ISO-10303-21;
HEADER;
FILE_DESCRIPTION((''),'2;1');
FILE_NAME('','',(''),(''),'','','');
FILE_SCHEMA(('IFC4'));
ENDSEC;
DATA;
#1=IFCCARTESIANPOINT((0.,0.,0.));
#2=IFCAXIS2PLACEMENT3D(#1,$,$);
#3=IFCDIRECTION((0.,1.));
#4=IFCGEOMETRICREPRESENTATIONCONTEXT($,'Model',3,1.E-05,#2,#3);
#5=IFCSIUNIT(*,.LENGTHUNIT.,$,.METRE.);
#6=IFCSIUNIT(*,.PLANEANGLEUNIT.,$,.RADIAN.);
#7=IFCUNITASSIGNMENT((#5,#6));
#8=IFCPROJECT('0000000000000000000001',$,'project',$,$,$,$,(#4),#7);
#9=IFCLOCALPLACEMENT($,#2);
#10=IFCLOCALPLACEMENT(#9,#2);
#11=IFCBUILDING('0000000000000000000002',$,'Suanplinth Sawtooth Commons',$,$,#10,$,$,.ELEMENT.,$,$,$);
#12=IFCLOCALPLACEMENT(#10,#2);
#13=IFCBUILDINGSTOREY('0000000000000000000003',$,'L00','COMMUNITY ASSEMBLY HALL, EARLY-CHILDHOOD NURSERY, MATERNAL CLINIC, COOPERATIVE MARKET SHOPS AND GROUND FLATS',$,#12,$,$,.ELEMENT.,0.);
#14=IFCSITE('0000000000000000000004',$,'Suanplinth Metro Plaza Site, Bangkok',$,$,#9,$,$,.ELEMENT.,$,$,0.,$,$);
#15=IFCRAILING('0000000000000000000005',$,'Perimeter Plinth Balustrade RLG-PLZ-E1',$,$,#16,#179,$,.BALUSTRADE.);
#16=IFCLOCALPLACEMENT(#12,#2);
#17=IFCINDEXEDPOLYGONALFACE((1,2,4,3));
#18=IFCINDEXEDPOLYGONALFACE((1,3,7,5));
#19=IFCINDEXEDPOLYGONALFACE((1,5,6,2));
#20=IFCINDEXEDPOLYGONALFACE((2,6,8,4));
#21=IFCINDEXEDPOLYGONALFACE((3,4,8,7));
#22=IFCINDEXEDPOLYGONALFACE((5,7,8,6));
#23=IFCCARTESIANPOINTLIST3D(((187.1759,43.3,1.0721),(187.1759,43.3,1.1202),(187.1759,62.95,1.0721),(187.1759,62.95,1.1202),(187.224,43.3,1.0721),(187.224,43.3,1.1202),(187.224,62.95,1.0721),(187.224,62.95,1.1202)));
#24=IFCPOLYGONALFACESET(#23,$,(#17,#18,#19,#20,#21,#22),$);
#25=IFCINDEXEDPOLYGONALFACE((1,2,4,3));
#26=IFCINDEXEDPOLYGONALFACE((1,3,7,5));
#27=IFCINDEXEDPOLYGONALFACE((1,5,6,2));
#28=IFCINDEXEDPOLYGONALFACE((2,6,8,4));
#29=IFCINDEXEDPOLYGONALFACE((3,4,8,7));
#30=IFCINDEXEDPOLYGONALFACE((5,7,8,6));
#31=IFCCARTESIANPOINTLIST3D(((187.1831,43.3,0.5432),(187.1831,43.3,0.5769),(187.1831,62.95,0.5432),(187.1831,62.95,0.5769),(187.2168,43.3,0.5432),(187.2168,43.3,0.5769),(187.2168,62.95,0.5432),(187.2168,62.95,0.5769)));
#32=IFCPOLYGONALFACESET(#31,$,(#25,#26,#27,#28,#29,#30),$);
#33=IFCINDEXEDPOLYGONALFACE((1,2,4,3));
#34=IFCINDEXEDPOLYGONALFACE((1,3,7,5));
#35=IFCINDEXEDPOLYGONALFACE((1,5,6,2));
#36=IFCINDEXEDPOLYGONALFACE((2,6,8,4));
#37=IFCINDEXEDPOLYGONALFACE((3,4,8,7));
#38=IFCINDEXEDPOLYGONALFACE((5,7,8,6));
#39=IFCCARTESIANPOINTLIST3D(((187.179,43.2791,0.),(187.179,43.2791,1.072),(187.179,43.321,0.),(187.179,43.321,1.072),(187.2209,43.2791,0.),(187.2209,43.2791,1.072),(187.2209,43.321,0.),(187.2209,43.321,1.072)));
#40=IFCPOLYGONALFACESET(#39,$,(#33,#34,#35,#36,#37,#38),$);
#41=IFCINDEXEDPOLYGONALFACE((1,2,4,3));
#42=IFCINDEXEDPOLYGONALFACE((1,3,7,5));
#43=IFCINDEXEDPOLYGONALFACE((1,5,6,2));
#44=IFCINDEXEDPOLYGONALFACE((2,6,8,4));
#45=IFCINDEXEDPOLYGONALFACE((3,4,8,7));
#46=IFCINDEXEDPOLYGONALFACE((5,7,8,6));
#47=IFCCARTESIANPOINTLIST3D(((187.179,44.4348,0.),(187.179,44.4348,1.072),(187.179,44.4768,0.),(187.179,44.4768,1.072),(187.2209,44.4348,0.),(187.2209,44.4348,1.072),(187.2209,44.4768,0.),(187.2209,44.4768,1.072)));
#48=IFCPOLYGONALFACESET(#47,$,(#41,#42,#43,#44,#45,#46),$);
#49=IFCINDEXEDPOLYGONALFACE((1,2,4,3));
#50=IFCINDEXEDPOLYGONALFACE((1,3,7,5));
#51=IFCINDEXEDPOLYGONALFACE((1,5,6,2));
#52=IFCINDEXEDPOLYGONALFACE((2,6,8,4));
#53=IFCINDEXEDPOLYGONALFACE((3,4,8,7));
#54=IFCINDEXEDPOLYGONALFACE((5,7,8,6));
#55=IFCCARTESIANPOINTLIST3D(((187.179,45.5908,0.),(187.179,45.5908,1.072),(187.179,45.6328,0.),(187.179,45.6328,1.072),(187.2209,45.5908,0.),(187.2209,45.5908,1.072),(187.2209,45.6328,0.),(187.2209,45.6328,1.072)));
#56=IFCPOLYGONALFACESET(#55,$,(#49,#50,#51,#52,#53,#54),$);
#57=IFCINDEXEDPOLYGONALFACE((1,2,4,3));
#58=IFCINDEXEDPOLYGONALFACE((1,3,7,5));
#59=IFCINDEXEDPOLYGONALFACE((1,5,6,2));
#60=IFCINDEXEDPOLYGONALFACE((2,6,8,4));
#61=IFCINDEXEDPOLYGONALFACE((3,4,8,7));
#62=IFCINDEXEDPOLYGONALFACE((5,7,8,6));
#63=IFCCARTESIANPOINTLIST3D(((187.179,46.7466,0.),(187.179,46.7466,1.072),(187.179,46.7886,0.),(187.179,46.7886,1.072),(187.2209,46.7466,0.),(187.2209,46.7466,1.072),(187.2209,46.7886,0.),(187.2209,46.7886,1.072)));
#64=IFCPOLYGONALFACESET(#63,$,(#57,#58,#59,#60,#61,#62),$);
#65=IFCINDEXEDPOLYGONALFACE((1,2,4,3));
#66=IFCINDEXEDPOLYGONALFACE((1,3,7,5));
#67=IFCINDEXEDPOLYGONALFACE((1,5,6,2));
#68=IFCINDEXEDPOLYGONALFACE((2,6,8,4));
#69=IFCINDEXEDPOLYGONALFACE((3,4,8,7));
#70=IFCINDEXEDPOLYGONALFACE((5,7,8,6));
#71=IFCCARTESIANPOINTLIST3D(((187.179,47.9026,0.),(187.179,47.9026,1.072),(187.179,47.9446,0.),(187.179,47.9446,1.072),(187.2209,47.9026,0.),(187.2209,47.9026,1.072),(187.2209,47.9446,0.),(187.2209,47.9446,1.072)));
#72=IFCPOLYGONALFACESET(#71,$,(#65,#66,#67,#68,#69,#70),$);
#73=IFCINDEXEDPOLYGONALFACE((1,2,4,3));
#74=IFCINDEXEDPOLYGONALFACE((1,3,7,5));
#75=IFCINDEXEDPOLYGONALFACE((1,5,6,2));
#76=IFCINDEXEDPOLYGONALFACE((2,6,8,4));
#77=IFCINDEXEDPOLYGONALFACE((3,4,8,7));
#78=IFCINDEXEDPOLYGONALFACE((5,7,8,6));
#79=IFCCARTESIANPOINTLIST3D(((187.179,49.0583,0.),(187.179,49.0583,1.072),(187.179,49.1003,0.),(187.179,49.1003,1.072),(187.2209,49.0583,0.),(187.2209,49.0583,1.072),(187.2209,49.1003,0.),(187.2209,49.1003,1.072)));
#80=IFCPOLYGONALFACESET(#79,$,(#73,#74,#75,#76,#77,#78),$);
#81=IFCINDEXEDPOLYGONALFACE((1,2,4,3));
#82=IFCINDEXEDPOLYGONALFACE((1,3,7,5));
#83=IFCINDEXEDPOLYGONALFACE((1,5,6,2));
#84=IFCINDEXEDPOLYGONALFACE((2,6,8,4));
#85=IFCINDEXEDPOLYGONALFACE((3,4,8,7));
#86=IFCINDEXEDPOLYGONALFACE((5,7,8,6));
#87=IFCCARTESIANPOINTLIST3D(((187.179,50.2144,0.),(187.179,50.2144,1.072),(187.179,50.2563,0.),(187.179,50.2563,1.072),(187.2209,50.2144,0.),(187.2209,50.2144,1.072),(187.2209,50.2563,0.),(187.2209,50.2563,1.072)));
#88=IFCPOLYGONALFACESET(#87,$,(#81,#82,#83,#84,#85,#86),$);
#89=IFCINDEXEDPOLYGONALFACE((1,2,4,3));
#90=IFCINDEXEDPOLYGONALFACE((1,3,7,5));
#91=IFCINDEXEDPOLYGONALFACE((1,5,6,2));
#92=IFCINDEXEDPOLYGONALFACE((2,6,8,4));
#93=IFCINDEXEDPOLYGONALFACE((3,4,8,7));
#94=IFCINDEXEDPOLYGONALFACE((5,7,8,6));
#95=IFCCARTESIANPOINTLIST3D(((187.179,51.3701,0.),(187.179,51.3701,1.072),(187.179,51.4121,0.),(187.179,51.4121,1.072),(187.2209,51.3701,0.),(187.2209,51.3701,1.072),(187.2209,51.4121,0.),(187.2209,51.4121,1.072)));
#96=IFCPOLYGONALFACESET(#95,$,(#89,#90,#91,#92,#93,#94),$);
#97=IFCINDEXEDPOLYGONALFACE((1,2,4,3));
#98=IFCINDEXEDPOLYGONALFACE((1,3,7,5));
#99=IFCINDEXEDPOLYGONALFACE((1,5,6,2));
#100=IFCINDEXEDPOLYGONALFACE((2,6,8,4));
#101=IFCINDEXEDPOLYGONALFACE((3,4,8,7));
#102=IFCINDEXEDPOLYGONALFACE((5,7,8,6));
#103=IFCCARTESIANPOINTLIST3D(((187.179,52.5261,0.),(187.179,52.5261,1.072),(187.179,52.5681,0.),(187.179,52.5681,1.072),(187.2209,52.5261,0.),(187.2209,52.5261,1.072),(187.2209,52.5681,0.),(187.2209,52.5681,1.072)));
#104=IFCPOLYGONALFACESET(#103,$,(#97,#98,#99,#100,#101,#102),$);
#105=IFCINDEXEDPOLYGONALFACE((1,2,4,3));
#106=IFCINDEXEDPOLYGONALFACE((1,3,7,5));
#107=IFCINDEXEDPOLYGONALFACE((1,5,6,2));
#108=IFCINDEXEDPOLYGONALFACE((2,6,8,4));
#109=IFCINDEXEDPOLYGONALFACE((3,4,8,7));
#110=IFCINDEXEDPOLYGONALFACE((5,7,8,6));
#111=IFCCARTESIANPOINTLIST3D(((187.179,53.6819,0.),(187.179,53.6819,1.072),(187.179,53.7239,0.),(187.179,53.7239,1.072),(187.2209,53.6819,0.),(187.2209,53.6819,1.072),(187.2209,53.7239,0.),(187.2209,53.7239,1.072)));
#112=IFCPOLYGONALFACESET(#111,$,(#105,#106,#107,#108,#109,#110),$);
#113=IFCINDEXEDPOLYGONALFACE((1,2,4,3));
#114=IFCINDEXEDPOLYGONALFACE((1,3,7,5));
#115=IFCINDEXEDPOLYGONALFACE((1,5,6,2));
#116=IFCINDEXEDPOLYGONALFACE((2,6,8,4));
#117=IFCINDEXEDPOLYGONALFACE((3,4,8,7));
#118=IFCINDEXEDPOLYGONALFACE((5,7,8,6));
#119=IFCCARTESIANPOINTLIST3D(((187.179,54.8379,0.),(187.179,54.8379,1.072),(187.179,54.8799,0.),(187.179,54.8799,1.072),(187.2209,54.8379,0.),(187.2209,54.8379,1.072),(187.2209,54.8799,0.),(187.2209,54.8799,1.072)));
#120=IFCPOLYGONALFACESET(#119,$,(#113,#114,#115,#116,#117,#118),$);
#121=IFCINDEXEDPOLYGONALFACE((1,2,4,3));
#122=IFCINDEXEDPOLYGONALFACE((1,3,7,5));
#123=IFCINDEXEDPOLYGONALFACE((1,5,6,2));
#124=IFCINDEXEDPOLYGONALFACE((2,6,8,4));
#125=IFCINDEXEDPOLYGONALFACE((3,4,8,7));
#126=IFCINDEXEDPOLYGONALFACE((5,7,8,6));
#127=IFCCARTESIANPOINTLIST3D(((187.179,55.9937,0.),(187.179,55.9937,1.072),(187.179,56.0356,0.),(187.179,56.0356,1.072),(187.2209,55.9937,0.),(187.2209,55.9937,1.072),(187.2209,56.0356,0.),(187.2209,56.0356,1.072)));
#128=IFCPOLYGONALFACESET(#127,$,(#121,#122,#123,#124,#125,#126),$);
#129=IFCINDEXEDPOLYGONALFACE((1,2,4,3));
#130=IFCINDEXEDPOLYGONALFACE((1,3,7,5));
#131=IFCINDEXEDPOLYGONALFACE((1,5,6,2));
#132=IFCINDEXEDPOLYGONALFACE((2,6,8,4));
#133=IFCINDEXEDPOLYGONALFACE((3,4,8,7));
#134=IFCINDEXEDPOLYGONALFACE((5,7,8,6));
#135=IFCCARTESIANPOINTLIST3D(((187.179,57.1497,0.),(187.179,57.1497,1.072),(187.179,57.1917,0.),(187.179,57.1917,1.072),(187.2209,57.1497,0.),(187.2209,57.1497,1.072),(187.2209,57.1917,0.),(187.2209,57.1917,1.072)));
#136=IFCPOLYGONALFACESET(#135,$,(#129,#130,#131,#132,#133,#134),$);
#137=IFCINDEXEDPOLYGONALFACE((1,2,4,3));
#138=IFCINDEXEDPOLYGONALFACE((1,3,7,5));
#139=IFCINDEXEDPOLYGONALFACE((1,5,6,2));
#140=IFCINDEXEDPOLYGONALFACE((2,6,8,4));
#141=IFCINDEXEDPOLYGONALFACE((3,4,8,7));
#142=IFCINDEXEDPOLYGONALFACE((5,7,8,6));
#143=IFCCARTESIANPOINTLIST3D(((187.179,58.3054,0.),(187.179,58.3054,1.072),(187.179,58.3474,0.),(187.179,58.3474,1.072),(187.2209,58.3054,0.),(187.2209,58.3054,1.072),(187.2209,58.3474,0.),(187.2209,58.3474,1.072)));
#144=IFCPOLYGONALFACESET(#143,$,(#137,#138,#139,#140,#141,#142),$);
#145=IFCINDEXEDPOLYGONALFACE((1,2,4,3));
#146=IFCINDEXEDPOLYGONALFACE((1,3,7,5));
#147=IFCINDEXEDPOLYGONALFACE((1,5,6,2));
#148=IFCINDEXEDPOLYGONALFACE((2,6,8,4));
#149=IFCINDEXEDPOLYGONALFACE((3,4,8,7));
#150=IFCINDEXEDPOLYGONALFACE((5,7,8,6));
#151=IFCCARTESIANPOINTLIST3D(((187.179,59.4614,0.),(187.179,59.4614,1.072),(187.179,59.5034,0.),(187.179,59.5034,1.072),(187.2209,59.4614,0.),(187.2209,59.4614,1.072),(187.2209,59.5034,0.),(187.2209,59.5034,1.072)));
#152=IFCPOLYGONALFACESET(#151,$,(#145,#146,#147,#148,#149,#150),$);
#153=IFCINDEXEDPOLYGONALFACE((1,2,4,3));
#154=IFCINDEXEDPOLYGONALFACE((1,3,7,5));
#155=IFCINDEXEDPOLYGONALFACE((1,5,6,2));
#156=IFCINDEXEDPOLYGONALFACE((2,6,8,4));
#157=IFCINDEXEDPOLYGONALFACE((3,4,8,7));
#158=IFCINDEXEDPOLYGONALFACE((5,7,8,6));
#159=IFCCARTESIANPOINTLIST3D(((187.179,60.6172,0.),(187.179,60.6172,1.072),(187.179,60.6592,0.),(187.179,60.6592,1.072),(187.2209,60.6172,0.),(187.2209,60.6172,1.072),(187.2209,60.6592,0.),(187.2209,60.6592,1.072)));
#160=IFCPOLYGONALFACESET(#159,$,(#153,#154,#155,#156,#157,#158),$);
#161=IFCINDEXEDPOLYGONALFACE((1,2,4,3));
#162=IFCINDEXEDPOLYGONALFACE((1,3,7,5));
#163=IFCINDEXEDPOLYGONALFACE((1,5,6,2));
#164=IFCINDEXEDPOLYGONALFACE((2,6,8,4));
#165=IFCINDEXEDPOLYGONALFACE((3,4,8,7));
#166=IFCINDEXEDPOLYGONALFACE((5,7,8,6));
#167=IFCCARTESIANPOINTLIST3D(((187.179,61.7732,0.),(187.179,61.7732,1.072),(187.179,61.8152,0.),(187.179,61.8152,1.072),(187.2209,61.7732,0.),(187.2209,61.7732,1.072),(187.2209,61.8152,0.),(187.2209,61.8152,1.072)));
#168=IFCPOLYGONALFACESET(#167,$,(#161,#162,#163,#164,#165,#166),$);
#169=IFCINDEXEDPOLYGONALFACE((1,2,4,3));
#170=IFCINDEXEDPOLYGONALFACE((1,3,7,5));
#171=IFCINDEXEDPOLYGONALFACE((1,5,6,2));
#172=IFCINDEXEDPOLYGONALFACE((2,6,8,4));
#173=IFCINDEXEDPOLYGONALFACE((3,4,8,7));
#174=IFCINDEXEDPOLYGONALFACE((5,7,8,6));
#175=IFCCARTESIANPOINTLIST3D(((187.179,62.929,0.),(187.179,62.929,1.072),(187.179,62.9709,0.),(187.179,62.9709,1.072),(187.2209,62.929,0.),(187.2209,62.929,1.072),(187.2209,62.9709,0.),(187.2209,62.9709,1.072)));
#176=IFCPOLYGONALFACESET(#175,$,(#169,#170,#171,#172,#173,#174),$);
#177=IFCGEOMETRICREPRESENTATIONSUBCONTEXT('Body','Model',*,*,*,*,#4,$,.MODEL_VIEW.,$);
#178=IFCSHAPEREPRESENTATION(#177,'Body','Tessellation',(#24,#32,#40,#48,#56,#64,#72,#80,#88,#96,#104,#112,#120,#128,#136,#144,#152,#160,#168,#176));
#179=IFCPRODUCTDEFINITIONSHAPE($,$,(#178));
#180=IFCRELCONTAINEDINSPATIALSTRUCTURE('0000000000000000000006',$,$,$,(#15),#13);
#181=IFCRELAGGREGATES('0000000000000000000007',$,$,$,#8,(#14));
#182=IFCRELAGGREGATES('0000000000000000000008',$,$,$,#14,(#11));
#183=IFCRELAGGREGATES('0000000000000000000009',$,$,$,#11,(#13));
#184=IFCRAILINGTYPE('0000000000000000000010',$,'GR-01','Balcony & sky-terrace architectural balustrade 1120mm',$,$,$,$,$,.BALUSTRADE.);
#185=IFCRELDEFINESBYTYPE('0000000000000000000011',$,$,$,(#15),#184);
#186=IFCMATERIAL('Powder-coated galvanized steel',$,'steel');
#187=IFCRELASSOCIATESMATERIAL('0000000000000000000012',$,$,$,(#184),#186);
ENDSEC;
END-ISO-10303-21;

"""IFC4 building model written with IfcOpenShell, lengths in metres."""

from ifc_helpers import new_model, si_unit, direction, frame, origin, origin_2d, place, context, subcontext, project, spatial, rectangle, extrude, material, type_object, element, save


model = new_model("IFC4")

# Units and contexts
model_context = context("Model", 3, precision=1e-05, world=origin(), true_north=direction((0.0, 1.0)))
body_context = subcontext(model_context, "Body", "Model", "MODEL_VIEW")
ifc_project = project(units=[si_unit("LENGTHUNIT", "METRE"), si_unit("PLANEANGLEUNIT", "RADIAN")], contexts=[model_context])

# Site, building, storey
site_placement = place(None, origin())
site = spatial("IfcSite", under=ifc_project, at=site_placement, Name="Suanplinth Metro Plaza Site, Bangkok", CompositionType="ELEMENT", RefElevation=0.0)
building_placement = place(site_placement, origin())
building = spatial("IfcBuilding", under=site, at=building_placement, Name="Suanplinth Sawtooth Commons", CompositionType="ELEMENT")
storey_placement = place(building_placement, origin())
storey = spatial("IfcBuildingStorey", under=building, at=storey_placement, Name="L00", Description="COMMUNITY ASSEMBLY HALL, EARLY-CHILDHOOD NURSERY, MATERNAL CLINIC, COOPERATIVE MARKET SHOPS AND GROUND FLATS", CompositionType="ELEMENT", Elevation=0.0)

# Railing
ifc_material_1 = material(Name="Powder-coated galvanized steel", Category="steel")
railing_type = type_object("IfcRailingType", Name="GR-01", Description="Balcony & sky-terrace architectural balustrade 1120mm", PredefinedType="BALUSTRADE", material=ifc_material_1)
railing_placement = place(storey_placement, frame((187.2, 43.3, 0.0)))
element("IfcRailing", 1, at=railing_placement, inside=storey, type_object=railing_type, Name="Perimeter Plinth Balustrade RLG-PLZ-E1", PredefinedType="BALUSTRADE", context=body_context, shape_type="SweptSolid", body=[
    extrude(rectangle(XDim=0.0481, YDim=0.0481, at=origin_2d()), frame((0.0, 0.0, 1.0962), z_axis=(0.0, 1.0, 0.0), x_axis=(-1.0, 0.0, 0.0)), (0.0, 0.0, 1.0), 19.6499),
    extrude(rectangle(XDim=0.0337, YDim=0.0337, at=origin_2d()), frame((0.0, 0.0, 0.5601), z_axis=(0.0, 1.0, 0.0), x_axis=(-1.0, 0.0, 0.0)), (0.0, 0.0, 1.0), 19.6499),
    extrude(rectangle(XDim=0.042, YDim=0.042, at=origin_2d()), origin(), (0.0, 0.0, 1.0), 1.072),
    extrude(rectangle(XDim=0.042, YDim=0.042, at=origin_2d()), frame((0.0, 1.1558, 0.0)), (0.0, 0.0, 1.0), 1.072),
    extrude(rectangle(XDim=0.042, YDim=0.042, at=origin_2d()), frame((0.0, 2.3118, 0.0)), (0.0, 0.0, 1.0), 1.072),
    extrude(rectangle(XDim=0.042, YDim=0.042, at=origin_2d()), frame((0.0, 3.4675, 0.0)), (0.0, 0.0, 1.0), 1.072),
    extrude(rectangle(XDim=0.042, YDim=0.042, at=origin_2d()), frame((0.0, 4.6235, 0.0)), (0.0, 0.0, 1.0), 1.072),
    extrude(rectangle(XDim=0.042, YDim=0.042, at=origin_2d()), frame((0.0, 5.7793, 0.0)), (0.0, 0.0, 1.0), 1.072),
    extrude(rectangle(XDim=0.042, YDim=0.042, at=origin_2d()), frame((0.0, 6.9353, 0.0)), (0.0, 0.0, 1.0), 1.072),
    extrude(rectangle(XDim=0.042, YDim=0.042, at=origin_2d()), frame((0.0, 8.0911, 0.0)), (0.0, 0.0, 1.0), 1.072),
    extrude(rectangle(XDim=0.042, YDim=0.042, at=origin_2d()), frame((0.0, 9.2471, 0.0)), (0.0, 0.0, 1.0), 1.072),
    extrude(rectangle(XDim=0.042, YDim=0.042, at=origin_2d()), frame((0.0, 10.4028, 0.0)), (0.0, 0.0, 1.0), 1.072),
    extrude(rectangle(XDim=0.042, YDim=0.042, at=origin_2d()), frame((0.0, 11.5588, 0.0)), (0.0, 0.0, 1.0), 1.072),
    extrude(rectangle(XDim=0.042, YDim=0.042, at=origin_2d()), frame((0.0, 12.7146, 0.0)), (0.0, 0.0, 1.0), 1.072),
    extrude(rectangle(XDim=0.042, YDim=0.042, at=origin_2d()), frame((0.0, 13.8706, 0.0)), (0.0, 0.0, 1.0), 1.072),
    extrude(rectangle(XDim=0.042, YDim=0.042, at=origin_2d()), frame((0.0, 15.0264, 0.0)), (0.0, 0.0, 1.0), 1.072),
    extrude(rectangle(XDim=0.042, YDim=0.042, at=origin_2d()), frame((0.0, 16.1824, 0.0)), (0.0, 0.0, 1.0), 1.072),
    extrude(rectangle(XDim=0.042, YDim=0.042, at=origin_2d()), frame((0.0, 17.3381, 0.0)), (0.0, 0.0, 1.0), 1.072),
    extrude(rectangle(XDim=0.042, YDim=0.042, at=origin_2d()), frame((0.0, 18.4941, 0.0)), (0.0, 0.0, 1.0), 1.072),
    extrude(rectangle(XDim=0.042, YDim=0.042, at=origin_2d()), frame((0.0, 19.6499, 0.0)), (0.0, 0.0, 1.0), 1.072),
])

save(model, "model.ifc")
